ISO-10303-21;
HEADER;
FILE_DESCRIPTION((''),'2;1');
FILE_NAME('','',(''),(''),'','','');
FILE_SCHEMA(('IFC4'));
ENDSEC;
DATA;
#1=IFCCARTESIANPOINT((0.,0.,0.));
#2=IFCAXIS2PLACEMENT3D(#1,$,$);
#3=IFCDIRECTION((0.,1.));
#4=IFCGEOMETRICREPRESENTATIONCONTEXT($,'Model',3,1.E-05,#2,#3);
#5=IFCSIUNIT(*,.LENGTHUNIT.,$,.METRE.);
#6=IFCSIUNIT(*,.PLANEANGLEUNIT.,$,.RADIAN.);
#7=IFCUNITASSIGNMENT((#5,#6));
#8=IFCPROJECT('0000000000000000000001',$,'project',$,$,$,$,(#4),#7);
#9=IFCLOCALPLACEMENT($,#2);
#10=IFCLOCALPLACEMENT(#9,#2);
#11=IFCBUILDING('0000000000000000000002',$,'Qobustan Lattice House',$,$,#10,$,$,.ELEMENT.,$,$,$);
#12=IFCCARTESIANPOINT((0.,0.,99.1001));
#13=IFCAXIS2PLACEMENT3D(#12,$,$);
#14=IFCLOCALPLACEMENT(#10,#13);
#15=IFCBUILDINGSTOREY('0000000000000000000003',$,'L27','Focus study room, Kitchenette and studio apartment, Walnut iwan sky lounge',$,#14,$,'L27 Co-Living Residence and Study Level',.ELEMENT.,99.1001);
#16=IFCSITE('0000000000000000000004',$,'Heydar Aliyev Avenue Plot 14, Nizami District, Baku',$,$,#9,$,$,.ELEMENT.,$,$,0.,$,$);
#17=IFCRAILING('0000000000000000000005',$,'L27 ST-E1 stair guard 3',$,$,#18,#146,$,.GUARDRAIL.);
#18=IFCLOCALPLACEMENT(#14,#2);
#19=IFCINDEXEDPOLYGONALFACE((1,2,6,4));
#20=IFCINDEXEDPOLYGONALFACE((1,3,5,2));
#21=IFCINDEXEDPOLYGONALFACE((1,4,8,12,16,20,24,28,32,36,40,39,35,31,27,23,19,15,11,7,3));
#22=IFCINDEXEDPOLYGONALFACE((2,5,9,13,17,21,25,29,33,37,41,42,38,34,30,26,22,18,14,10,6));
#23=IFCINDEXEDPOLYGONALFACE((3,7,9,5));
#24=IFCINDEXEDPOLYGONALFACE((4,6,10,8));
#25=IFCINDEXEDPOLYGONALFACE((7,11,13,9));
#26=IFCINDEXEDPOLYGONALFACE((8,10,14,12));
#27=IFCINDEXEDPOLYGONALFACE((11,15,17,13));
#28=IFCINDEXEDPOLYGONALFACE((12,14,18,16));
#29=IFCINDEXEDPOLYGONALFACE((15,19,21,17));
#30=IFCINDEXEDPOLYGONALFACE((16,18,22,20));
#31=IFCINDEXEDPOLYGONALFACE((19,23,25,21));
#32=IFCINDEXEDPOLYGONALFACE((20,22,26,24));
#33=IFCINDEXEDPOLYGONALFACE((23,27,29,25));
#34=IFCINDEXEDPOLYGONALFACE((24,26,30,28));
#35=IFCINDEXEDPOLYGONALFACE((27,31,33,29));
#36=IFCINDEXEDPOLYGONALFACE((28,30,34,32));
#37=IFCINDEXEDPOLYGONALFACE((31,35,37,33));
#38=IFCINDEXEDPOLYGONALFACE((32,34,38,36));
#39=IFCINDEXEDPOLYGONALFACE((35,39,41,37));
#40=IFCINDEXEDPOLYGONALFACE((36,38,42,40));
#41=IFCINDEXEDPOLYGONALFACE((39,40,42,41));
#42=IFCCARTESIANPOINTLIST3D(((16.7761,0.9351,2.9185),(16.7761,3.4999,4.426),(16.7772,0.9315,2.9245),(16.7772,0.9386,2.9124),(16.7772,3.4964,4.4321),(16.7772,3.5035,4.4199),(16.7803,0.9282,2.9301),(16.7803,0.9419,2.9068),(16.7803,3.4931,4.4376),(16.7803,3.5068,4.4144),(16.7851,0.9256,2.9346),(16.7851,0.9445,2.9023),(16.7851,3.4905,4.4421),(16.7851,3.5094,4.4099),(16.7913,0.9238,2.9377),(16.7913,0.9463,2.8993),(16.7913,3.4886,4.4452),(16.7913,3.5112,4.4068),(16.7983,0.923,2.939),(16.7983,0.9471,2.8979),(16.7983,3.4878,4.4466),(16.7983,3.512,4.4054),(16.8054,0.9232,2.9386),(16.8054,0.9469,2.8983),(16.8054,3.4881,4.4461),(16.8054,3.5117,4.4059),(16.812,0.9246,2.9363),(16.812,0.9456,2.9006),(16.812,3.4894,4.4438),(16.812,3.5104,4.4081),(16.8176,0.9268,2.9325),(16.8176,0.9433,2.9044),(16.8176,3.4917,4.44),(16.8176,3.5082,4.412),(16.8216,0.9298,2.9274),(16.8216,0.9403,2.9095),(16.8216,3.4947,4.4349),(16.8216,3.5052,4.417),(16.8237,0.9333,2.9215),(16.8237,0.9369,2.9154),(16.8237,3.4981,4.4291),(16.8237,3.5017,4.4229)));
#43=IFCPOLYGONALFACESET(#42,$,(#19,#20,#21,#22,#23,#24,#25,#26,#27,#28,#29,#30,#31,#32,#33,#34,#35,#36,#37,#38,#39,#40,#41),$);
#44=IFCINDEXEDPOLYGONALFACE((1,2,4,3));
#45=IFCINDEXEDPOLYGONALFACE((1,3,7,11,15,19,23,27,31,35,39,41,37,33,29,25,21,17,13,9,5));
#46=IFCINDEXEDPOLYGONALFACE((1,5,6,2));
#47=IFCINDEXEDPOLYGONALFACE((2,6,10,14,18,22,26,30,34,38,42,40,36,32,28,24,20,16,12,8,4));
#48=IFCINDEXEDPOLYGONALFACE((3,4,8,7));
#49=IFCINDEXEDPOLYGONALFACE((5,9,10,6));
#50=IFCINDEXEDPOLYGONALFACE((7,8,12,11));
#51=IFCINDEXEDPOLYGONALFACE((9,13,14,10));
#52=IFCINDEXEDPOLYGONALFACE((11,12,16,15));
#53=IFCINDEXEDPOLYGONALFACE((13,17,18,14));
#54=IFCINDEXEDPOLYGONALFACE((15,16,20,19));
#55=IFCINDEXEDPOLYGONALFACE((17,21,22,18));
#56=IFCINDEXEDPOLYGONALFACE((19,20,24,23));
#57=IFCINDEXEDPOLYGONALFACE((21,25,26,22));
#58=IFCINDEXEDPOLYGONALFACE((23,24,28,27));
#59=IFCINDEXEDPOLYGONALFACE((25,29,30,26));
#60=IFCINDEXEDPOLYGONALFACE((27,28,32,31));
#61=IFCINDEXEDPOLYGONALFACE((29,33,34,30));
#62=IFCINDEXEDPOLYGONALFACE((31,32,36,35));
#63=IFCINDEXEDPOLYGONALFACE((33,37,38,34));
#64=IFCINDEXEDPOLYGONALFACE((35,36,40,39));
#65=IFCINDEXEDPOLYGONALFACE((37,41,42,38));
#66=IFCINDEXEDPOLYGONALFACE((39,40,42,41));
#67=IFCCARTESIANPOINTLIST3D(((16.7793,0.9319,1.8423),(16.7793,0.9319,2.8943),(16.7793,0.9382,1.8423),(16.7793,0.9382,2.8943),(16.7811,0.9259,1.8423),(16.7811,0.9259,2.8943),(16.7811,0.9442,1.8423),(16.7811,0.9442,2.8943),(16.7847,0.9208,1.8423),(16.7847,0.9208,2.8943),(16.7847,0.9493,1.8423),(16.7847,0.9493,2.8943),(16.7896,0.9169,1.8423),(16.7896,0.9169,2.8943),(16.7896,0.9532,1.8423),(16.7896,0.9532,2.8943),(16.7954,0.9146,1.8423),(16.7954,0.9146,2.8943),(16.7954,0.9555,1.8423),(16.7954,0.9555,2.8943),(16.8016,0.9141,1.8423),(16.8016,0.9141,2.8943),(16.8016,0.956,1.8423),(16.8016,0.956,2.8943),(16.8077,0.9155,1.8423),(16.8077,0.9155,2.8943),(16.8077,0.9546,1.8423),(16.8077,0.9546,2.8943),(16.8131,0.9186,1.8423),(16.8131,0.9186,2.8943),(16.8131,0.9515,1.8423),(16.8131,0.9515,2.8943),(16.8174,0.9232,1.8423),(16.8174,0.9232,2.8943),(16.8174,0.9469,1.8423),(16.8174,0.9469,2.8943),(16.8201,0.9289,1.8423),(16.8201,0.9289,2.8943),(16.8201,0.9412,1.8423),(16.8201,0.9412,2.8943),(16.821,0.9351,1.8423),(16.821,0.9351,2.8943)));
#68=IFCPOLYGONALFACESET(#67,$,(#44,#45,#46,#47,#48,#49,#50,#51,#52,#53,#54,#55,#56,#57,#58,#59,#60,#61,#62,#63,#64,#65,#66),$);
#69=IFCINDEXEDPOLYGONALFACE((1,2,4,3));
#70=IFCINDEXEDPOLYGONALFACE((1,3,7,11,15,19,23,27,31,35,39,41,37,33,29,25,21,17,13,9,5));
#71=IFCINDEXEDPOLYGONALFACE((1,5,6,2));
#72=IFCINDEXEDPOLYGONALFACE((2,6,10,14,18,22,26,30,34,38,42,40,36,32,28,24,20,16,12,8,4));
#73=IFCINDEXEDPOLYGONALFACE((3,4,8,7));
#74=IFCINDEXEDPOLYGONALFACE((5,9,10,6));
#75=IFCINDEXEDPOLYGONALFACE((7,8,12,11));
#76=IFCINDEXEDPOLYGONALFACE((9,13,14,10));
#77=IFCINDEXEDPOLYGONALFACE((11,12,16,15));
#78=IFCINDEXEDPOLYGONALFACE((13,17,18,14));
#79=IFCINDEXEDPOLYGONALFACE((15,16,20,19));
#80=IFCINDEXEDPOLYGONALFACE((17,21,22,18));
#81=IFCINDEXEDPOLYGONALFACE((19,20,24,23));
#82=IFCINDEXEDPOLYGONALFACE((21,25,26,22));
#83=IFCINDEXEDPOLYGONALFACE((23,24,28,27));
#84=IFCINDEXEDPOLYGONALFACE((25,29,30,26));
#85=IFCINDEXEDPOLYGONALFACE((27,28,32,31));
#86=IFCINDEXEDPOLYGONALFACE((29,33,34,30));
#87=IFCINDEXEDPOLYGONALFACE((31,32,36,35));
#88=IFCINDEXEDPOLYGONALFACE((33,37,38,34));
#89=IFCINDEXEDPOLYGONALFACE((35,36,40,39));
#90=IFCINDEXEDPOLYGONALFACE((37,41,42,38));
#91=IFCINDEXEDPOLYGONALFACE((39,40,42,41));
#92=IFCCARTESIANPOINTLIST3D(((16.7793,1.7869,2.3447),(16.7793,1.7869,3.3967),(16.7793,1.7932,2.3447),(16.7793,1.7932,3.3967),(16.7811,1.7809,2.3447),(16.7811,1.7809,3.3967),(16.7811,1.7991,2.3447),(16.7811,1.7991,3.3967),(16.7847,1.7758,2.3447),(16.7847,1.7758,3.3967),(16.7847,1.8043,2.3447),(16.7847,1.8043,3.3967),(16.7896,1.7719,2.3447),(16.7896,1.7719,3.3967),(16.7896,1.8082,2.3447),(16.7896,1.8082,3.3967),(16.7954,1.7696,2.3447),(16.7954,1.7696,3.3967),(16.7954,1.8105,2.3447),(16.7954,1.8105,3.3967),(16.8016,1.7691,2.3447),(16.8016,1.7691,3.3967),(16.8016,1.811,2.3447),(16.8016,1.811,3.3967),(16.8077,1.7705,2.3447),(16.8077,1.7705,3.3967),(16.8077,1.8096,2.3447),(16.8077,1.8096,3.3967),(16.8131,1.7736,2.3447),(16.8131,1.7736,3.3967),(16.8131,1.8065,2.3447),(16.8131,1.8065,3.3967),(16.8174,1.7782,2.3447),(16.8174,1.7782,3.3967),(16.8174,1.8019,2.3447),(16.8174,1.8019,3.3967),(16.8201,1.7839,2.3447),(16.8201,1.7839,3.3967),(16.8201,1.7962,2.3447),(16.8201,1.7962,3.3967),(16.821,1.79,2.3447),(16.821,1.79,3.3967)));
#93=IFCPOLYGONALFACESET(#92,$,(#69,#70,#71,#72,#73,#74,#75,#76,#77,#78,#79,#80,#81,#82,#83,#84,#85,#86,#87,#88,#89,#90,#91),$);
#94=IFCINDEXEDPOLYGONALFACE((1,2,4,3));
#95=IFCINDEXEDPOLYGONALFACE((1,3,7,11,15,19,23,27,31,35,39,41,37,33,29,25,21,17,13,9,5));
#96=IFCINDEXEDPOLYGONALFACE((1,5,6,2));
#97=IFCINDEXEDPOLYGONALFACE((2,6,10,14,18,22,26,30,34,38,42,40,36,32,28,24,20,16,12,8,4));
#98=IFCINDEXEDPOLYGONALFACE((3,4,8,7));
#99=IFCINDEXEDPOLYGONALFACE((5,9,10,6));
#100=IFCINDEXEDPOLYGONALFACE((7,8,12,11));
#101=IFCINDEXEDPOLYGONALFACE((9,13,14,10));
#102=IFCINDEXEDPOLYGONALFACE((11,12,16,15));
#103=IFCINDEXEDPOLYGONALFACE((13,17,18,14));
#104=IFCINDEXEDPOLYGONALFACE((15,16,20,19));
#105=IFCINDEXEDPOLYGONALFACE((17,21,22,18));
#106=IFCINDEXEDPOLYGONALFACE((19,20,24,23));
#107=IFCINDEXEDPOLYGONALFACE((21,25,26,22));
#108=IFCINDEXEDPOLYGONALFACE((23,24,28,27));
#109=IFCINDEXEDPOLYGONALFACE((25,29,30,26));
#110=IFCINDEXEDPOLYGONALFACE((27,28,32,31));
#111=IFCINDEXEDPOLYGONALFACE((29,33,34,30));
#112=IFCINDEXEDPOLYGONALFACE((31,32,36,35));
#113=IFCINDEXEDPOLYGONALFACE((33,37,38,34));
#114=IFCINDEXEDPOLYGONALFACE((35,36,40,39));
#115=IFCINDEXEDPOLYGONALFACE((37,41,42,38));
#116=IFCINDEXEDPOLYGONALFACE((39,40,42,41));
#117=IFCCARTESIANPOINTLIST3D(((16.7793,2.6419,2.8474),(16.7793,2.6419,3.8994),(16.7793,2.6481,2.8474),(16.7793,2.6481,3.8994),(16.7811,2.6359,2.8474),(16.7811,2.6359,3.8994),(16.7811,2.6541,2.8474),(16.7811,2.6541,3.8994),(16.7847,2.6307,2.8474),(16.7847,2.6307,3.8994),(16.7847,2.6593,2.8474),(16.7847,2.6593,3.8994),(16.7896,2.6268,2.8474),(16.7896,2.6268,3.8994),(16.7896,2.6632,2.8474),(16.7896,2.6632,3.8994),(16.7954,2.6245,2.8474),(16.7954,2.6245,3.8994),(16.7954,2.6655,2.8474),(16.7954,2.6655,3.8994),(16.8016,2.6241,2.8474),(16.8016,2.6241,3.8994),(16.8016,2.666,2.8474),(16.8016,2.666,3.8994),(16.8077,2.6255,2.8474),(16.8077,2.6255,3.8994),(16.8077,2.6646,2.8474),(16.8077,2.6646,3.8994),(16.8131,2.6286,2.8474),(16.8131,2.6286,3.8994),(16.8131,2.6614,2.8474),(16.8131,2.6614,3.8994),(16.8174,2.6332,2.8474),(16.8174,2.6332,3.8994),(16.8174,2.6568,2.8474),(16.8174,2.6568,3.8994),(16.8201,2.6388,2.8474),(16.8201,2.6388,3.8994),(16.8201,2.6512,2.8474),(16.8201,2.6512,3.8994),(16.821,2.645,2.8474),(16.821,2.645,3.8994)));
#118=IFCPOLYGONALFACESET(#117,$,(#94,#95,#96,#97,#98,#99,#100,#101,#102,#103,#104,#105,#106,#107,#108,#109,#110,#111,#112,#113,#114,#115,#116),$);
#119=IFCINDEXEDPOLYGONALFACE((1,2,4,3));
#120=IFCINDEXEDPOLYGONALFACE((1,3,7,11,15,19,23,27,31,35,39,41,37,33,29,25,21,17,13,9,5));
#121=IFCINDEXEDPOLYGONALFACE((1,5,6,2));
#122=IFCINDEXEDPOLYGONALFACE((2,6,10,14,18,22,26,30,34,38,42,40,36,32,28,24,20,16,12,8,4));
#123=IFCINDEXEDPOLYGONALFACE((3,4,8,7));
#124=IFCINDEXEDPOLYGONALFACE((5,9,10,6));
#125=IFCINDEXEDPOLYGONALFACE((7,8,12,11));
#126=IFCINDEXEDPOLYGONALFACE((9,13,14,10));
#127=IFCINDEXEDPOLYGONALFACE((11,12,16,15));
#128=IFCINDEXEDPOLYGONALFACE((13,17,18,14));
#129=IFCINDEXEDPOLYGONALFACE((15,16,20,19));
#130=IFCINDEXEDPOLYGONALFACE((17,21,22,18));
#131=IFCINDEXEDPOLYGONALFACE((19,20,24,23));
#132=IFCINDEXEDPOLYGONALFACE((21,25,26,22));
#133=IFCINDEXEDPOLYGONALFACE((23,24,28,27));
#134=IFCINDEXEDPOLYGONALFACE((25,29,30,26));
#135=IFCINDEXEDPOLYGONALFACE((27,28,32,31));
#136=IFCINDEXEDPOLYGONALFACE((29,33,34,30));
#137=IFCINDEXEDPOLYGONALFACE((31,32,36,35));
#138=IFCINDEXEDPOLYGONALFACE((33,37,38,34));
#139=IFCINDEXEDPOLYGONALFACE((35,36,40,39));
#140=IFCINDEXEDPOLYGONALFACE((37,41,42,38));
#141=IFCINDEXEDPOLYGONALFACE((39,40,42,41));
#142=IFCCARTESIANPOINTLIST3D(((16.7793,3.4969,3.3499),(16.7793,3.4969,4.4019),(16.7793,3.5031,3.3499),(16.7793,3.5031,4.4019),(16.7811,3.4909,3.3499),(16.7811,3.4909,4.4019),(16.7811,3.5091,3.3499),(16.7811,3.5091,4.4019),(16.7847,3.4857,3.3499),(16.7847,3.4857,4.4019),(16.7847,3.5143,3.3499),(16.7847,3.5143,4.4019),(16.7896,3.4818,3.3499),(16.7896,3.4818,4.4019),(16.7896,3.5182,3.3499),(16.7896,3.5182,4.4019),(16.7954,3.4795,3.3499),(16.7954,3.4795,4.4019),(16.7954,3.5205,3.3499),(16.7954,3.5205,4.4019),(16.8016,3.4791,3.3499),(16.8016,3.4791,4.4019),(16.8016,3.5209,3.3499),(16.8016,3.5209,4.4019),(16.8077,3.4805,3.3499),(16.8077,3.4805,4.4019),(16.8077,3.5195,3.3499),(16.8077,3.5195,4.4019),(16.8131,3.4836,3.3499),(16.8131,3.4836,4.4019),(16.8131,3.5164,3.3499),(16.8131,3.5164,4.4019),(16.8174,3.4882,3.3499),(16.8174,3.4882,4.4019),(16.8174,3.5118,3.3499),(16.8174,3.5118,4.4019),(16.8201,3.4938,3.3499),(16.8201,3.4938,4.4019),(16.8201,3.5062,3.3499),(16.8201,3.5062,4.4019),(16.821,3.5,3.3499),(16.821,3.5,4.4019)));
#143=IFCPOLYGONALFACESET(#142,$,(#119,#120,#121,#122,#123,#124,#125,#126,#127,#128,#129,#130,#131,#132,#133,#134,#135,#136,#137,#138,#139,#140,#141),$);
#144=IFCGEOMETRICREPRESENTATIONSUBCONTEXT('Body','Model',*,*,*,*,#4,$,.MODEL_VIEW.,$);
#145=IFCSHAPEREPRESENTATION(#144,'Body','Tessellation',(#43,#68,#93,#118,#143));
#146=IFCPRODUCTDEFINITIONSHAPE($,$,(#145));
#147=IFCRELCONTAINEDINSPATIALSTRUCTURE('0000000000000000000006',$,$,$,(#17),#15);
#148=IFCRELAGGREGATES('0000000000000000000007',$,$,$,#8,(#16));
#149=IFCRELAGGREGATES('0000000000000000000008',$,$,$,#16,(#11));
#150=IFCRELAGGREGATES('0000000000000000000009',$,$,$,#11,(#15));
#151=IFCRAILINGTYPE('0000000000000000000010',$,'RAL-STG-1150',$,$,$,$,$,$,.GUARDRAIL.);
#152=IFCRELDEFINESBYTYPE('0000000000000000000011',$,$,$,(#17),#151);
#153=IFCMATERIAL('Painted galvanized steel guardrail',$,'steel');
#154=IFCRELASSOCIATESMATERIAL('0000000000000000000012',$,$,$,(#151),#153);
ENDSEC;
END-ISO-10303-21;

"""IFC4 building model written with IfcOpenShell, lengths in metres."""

from ifc_helpers import new_model, si_unit, direction, frame, origin, origin_2d, place, context, subcontext, project, spatial, circle, extrude, material, type_object, element, save


model = new_model("IFC4")

# Units and contexts
model_context = context("Model", 3, precision=1e-05, world=origin(), true_north=direction((0.0, 1.0)))
body_context = subcontext(model_context, "Body", "Model", "MODEL_VIEW")
ifc_project = project(units=[si_unit("LENGTHUNIT", "METRE"), si_unit("PLANEANGLEUNIT", "RADIAN")], contexts=[model_context])

# Site, building, storey
site_placement = place(None, origin())
site = spatial("IfcSite", under=ifc_project, at=site_placement, Name="Heydar Aliyev Avenue Plot 14, Nizami District, Baku", CompositionType="ELEMENT", RefElevation=0.0)
building_placement = place(site_placement, origin())
building = spatial("IfcBuilding", under=site, at=building_placement, Name="Qobustan Lattice House", CompositionType="ELEMENT")
storey_placement = place(building_placement, frame((0.0, 0.0, 99.1001)))
storey = spatial("IfcBuildingStorey", under=building, at=storey_placement, Name="L27", Description="Focus study room, Kitchenette and studio apartment, Walnut iwan sky lounge", LongName="L27 Co-Living Residence and Study Level", CompositionType="ELEMENT", Elevation=99.1001)

# Railing
ifc_material_1 = material(Name="Painted galvanized steel guardrail", Category="steel")
railing_type_1 = type_object("IfcRailingType", Name="RAL-STG-1150", PredefinedType="GUARDRAIL", material=ifc_material_1)
railing_1_placement = place(storey_placement, frame((16.8, 0.9351, 1.8423)))
element("IfcRailing", 1, at=railing_1_placement, inside=storey, type_object=railing_type_1, Name="L27 ST-E1 stair guard 3", PredefinedType="GUARDRAIL", context=body_context, shape_type="SweptSolid", body=[
    extrude(circle(Radius=0.0239, at=origin_2d()), frame((0.0, 0.0, 1.0762), z_axis=(0.0, 0.862113, 0.506715), x_axis=(-1.0, 0.0, 0.0)), (0.0, 0.0, 1.0), 2.9751),
    extrude(circle(Radius=0.021, at=origin_2d()), origin(), (0.0, 0.0, 1.0), 1.052),
    extrude(circle(Radius=0.021, at=origin_2d()), frame((0.0, 0.855, 0.5024)), (0.0, 0.0, 1.0), 1.052),
    extrude(circle(Radius=0.021, at=origin_2d()), frame((0.0, 1.71, 1.0051)), (0.0, 0.0, 1.0), 1.052),
    extrude(circle(Radius=0.021, at=origin_2d()), frame((0.0, 2.5649, 1.5076)), (0.0, 0.0, 1.0), 1.052),
])

save(model, "model.ifc")
